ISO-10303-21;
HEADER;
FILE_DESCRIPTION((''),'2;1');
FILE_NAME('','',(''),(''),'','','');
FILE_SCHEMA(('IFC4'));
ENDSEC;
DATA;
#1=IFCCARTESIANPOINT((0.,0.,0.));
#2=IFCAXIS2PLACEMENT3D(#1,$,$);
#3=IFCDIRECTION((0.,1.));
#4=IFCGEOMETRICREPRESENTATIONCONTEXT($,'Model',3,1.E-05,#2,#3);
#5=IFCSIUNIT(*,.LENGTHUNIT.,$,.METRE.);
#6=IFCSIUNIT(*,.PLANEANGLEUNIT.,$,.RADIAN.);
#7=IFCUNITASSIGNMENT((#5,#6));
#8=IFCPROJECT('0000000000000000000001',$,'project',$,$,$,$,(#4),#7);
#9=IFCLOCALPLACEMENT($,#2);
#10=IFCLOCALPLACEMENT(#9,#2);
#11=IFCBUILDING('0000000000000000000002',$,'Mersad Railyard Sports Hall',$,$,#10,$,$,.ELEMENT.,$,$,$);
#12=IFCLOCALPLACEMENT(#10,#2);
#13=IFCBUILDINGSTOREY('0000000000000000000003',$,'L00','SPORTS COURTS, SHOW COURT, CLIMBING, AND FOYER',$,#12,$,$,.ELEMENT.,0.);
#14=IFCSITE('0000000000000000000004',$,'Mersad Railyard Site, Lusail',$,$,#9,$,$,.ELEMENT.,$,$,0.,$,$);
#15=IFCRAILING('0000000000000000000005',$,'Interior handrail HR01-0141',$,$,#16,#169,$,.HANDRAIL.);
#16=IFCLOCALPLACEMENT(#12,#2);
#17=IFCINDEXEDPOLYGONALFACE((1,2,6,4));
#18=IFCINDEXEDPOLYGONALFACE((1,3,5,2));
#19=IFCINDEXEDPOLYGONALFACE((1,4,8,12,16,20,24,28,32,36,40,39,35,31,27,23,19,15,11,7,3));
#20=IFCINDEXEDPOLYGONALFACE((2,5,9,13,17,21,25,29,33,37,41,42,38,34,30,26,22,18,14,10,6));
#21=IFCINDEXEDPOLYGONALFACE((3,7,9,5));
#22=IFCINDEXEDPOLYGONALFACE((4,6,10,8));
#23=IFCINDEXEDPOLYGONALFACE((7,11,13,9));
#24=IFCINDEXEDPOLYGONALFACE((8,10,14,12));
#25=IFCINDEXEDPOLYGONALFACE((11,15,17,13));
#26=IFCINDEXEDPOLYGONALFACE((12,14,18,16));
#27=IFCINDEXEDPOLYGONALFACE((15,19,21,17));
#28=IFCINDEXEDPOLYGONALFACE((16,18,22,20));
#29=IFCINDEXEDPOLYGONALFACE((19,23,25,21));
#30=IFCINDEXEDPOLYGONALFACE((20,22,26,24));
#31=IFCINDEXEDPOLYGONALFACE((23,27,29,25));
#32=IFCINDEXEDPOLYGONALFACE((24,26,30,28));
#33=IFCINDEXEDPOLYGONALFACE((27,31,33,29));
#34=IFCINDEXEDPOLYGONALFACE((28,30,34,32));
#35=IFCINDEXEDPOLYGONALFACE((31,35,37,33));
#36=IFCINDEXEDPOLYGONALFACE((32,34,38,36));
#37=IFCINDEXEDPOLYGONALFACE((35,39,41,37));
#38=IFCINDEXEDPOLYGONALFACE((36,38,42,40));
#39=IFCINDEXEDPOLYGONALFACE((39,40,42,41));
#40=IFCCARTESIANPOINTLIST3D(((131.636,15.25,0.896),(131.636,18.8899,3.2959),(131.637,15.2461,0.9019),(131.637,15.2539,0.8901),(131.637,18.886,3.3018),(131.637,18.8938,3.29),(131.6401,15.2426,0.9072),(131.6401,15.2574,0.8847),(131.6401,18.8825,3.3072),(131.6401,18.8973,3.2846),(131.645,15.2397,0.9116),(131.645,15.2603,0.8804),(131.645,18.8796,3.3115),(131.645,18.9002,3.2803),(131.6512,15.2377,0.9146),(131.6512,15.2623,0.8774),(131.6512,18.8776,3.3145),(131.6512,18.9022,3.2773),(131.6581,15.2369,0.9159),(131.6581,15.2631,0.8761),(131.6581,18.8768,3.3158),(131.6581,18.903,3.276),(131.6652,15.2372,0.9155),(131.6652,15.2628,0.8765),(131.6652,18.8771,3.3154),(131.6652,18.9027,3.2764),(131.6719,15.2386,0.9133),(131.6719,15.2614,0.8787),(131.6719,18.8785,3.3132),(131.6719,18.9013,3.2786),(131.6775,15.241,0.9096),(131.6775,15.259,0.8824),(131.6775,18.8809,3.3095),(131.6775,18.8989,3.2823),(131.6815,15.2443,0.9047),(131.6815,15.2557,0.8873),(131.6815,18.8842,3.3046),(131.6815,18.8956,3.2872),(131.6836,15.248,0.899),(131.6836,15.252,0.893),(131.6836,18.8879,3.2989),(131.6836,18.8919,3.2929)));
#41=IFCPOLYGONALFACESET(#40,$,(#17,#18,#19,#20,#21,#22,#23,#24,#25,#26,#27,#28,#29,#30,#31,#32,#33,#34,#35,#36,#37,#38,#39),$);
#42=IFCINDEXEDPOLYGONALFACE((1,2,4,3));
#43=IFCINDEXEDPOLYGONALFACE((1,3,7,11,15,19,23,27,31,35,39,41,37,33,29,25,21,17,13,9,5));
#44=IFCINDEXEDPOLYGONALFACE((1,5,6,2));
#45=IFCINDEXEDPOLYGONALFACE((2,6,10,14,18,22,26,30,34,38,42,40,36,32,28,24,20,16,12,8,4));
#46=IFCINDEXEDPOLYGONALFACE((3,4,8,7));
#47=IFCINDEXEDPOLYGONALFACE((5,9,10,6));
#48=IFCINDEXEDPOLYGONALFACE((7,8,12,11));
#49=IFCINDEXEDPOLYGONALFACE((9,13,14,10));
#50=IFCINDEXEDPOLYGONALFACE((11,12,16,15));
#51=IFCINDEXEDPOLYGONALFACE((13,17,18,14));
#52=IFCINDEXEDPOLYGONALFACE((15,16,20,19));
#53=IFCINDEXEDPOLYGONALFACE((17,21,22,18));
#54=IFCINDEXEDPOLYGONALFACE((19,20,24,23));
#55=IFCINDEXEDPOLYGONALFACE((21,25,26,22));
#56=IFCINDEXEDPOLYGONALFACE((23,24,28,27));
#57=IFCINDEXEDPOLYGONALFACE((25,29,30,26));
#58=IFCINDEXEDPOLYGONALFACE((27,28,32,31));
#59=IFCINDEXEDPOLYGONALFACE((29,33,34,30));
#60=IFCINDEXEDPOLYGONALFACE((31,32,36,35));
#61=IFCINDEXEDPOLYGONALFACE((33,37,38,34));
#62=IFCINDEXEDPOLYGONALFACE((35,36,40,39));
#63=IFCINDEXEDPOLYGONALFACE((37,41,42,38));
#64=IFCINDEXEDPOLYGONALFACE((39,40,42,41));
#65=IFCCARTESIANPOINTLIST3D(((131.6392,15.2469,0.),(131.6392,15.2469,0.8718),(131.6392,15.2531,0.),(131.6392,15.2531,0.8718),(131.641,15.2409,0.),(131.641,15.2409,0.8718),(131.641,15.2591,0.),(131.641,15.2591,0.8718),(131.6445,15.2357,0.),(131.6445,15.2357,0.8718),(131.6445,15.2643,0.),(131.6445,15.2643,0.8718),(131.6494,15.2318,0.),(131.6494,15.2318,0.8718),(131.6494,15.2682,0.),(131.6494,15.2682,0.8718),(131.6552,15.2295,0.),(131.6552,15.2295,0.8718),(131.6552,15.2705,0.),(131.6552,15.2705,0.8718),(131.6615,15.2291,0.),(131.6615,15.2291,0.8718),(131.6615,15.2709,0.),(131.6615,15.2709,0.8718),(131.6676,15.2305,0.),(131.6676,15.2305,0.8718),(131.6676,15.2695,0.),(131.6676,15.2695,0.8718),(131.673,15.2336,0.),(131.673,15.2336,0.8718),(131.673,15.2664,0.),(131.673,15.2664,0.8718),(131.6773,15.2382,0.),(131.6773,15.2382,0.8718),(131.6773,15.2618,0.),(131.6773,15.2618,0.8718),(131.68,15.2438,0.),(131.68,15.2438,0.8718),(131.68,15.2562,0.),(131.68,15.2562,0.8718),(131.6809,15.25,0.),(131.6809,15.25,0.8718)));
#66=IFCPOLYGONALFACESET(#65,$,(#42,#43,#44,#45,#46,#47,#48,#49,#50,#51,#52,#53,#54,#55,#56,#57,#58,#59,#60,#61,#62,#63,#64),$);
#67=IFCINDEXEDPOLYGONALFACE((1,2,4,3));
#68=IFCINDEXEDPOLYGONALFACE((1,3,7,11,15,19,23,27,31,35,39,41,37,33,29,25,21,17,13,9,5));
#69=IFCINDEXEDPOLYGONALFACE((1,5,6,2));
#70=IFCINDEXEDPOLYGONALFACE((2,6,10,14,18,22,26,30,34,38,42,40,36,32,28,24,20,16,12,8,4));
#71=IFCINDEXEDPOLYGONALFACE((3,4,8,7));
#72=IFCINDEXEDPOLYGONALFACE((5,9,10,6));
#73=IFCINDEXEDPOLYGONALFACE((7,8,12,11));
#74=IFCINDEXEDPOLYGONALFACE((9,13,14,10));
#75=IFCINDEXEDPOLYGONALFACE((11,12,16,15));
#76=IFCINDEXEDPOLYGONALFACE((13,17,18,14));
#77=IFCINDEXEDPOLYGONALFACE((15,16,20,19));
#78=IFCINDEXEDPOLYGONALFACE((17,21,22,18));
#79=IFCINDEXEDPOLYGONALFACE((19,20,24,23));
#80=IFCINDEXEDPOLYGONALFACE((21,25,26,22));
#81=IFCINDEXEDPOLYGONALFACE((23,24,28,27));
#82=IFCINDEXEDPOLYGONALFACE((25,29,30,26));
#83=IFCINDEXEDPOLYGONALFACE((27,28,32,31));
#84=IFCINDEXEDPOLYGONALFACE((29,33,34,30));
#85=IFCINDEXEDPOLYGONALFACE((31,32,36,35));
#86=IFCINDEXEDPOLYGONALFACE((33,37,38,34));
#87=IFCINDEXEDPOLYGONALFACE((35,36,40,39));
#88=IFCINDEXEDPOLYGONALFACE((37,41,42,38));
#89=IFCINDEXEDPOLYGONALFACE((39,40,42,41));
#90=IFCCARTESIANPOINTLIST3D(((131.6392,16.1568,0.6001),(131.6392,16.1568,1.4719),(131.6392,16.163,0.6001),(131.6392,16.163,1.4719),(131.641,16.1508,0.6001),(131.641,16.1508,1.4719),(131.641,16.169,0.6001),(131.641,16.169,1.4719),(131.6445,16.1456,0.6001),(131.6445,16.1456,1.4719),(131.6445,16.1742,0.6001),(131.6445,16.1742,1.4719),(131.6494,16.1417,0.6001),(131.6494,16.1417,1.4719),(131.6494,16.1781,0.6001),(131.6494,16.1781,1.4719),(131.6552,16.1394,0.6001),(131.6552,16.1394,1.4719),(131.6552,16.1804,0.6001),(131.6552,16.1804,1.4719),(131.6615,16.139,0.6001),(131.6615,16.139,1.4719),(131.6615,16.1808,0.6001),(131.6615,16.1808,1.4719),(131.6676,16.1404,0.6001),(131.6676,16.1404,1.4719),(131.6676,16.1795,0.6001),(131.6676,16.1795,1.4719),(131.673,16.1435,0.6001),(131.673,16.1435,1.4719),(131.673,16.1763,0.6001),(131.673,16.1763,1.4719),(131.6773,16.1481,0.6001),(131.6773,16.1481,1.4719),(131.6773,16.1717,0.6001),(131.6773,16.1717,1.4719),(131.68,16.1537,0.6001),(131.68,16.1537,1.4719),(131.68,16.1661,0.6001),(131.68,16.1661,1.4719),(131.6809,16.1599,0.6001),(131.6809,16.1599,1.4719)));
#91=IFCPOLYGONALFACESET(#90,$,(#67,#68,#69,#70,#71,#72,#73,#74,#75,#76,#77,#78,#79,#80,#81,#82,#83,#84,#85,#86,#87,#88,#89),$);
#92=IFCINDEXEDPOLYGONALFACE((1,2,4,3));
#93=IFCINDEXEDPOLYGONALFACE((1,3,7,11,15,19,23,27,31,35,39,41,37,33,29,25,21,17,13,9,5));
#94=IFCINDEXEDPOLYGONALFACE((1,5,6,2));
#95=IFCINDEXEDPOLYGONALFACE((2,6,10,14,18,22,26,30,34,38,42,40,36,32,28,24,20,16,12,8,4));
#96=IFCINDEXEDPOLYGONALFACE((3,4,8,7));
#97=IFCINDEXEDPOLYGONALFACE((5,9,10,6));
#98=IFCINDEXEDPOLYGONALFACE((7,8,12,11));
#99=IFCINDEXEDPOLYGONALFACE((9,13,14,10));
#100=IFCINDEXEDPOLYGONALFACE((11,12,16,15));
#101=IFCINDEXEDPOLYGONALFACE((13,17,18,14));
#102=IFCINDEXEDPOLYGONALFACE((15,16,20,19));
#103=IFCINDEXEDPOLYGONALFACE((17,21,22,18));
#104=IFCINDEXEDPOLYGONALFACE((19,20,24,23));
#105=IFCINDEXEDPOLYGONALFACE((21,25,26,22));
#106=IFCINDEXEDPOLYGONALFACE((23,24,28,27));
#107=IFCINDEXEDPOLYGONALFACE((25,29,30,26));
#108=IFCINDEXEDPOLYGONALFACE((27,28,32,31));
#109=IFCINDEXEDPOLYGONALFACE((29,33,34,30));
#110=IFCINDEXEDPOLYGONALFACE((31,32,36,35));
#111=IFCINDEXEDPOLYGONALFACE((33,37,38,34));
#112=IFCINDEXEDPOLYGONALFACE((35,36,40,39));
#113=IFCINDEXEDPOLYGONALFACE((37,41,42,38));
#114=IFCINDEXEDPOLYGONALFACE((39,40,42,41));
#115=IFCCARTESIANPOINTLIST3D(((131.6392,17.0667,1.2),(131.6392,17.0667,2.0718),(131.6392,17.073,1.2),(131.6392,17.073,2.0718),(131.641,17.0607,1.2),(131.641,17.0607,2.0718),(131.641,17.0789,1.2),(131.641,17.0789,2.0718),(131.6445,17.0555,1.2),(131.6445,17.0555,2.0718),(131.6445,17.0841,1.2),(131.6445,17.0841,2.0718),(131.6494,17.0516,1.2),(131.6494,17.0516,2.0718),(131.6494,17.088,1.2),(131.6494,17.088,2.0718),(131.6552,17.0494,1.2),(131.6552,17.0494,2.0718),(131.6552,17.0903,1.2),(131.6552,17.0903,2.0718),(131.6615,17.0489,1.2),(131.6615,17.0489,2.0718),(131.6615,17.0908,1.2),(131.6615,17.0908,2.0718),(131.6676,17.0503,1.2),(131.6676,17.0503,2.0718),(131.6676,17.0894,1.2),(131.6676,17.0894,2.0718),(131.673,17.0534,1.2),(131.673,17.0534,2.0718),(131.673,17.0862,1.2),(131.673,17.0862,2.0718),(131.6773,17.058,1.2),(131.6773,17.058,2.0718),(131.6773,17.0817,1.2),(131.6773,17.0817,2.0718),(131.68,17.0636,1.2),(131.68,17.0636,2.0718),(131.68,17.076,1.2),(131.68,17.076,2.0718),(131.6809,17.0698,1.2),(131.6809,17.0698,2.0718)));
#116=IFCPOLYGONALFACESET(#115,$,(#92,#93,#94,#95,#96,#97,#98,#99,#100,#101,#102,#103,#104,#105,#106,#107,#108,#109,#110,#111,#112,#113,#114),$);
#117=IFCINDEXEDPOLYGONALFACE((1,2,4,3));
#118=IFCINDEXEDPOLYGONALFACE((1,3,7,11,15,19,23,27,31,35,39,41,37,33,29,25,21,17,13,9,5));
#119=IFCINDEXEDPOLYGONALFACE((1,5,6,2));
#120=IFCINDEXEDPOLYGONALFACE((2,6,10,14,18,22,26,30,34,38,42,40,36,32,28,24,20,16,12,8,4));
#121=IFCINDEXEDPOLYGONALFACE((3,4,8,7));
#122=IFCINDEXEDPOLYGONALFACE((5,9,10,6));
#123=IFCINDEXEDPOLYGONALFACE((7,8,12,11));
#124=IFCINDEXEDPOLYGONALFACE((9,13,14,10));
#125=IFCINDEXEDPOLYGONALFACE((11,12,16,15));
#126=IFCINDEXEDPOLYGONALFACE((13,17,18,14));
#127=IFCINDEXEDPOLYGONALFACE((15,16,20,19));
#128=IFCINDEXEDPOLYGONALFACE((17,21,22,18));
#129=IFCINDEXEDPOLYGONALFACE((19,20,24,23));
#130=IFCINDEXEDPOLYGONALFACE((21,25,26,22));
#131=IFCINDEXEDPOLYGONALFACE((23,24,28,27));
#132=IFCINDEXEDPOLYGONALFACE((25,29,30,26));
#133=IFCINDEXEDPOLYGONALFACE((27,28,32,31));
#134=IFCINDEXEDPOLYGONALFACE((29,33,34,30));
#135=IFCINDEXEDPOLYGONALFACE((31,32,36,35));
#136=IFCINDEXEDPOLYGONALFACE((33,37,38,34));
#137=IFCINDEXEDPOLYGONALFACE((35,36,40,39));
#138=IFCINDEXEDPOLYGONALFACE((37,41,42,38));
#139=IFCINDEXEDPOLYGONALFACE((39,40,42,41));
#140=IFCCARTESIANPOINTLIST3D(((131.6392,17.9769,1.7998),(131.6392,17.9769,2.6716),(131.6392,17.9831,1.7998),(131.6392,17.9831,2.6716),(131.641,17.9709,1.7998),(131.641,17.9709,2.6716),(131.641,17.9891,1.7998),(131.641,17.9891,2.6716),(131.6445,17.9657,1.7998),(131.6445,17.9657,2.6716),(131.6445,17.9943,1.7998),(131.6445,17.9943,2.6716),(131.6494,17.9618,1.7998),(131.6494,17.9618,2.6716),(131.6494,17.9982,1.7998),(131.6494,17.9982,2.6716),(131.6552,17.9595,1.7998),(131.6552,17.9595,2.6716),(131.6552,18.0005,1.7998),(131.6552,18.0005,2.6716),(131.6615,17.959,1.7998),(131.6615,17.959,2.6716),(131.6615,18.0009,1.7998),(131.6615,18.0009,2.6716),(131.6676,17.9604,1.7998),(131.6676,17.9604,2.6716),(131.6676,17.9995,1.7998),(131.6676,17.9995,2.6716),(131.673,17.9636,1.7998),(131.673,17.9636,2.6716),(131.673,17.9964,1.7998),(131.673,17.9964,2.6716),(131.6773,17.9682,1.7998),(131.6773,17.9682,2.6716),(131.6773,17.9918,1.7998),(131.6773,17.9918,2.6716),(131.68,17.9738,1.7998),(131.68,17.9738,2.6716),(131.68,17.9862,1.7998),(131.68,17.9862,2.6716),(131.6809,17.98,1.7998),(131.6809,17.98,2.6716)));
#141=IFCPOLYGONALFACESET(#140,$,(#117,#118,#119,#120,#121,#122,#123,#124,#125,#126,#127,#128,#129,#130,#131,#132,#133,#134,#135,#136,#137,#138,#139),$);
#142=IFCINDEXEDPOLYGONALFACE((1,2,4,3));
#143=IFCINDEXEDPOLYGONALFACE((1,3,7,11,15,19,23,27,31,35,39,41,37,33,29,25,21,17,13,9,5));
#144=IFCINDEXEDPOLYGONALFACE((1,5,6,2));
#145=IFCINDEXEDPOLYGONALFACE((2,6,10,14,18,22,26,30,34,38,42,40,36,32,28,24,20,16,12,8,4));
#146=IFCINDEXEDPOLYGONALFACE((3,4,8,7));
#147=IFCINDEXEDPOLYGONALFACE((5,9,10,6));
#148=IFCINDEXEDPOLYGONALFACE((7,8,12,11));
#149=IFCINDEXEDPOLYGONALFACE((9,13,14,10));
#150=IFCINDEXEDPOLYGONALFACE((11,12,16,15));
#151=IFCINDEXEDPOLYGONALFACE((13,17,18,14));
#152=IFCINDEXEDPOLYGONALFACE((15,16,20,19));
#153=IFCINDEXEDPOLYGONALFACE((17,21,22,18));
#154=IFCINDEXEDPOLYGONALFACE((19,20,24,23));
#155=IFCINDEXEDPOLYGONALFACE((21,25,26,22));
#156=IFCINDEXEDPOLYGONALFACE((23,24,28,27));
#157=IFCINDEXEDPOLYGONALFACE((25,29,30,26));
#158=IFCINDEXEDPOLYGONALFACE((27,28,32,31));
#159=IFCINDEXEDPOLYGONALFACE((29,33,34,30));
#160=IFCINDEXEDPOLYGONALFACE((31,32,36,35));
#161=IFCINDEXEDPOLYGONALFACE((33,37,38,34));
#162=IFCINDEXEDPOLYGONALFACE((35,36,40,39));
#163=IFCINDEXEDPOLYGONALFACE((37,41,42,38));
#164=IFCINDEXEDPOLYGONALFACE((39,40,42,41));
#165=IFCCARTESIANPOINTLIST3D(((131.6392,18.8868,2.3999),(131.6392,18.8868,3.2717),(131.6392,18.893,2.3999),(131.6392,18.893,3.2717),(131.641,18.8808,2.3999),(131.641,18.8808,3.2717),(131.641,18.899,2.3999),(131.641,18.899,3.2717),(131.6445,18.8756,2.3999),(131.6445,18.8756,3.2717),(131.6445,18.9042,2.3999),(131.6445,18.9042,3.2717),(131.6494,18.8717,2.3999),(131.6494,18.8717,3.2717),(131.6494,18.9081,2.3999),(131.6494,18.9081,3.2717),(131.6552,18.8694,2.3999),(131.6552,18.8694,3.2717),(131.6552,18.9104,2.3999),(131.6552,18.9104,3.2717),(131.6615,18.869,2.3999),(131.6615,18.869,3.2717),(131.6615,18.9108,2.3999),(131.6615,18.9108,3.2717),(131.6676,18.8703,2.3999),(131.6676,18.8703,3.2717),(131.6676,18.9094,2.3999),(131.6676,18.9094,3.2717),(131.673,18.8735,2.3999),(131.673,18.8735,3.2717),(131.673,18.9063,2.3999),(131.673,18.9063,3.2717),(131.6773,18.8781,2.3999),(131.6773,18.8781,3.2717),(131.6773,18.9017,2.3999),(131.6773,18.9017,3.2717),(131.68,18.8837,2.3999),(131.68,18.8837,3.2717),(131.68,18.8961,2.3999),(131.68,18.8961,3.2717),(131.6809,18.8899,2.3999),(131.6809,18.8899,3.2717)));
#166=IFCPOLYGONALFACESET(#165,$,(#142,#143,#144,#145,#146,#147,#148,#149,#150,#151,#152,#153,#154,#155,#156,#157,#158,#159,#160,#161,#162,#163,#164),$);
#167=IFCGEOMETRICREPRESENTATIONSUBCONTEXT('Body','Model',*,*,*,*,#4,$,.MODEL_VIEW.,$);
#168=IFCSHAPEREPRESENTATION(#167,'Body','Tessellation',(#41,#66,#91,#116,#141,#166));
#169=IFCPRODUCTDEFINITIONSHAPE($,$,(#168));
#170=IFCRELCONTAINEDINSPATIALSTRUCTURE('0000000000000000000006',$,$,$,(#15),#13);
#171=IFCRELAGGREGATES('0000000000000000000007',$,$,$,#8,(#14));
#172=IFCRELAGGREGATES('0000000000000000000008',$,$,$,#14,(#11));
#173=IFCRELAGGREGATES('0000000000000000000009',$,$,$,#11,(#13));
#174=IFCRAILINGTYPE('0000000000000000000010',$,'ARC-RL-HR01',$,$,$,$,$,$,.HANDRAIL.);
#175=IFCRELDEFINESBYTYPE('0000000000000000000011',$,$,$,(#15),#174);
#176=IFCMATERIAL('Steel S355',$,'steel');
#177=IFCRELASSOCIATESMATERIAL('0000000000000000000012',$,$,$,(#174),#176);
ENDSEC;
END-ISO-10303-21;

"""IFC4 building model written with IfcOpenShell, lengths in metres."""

from ifc_helpers import new_model, si_unit, direction, frame, origin, origin_2d, place, context, subcontext, project, spatial, circle, extrude, material, type_object, element, save


model = new_model("IFC4")

# Units and contexts
model_context = context("Model", 3, precision=1e-05, world=origin(), true_north=direction((0.0, 1.0)))
body_context = subcontext(model_context, "Body", "Model", "MODEL_VIEW")
ifc_project = project(units=[si_unit("LENGTHUNIT", "METRE"), si_unit("PLANEANGLEUNIT", "RADIAN")], contexts=[model_context])

# Site, building, storey
site_placement = place(None, origin())
site = spatial("IfcSite", under=ifc_project, at=site_placement, Name="Mersad Railyard Site, Lusail", CompositionType="ELEMENT", RefElevation=0.0)
building_placement = place(site_placement, origin())
building = spatial("IfcBuilding", under=site, at=building_placement, Name="Mersad Railyard Sports Hall", CompositionType="ELEMENT")
storey_placement = place(building_placement, origin())
storey = spatial("IfcBuildingStorey", under=building, at=storey_placement, Name="L00", Description="SPORTS COURTS, SHOW COURT, CLIMBING, AND FOYER", CompositionType="ELEMENT", Elevation=0.0)

# Shared definitions
ifc_material_1 = material(Name="Steel S355", Category="steel")

# Railing
railing_type_1 = type_object("IfcRailingType", Name="ARC-RL-HR01", PredefinedType="HANDRAIL", material=ifc_material_1)
railing_1_placement = place(storey_placement, frame((131.6599, 15.25, 0.0)))
element("IfcRailing", 1, at=railing_1_placement, inside=storey, type_object=railing_type_1, Name="Interior handrail HR01-0141", PredefinedType="HANDRAIL", context=body_context, shape_type="SweptSolid", body=[
    extrude(circle(Radius=0.0239, at=origin_2d()), frame((0.0, 0.0, 0.896), z_axis=(0.0, 0.834865, 0.550454), x_axis=(-1.0, 0.0, 0.0)), (0.0, 0.0, 1.0), 4.3599),
    extrude(circle(Radius=0.021, at=origin_2d()), origin(), (0.0, 0.0, 1.0), 0.8718),
    extrude(circle(Radius=0.021, at=origin_2d()), frame((0.0, 0.9099, 0.6001)), (0.0, 0.0, 1.0), 0.8718),
    extrude(circle(Radius=0.021, at=origin_2d()), frame((0.0, 1.8198, 1.2)), (0.0, 0.0, 1.0), 0.8718),
    extrude(circle(Radius=0.021, at=origin_2d()), frame((0.0, 2.73, 1.7998)), (0.0, 0.0, 1.0), 0.8718),
    extrude(circle(Radius=0.021, at=origin_2d()), frame((0.0, 3.6399, 2.3999)), (0.0, 0.0, 1.0), 0.8718),
])

save(model, "model.ifc")
